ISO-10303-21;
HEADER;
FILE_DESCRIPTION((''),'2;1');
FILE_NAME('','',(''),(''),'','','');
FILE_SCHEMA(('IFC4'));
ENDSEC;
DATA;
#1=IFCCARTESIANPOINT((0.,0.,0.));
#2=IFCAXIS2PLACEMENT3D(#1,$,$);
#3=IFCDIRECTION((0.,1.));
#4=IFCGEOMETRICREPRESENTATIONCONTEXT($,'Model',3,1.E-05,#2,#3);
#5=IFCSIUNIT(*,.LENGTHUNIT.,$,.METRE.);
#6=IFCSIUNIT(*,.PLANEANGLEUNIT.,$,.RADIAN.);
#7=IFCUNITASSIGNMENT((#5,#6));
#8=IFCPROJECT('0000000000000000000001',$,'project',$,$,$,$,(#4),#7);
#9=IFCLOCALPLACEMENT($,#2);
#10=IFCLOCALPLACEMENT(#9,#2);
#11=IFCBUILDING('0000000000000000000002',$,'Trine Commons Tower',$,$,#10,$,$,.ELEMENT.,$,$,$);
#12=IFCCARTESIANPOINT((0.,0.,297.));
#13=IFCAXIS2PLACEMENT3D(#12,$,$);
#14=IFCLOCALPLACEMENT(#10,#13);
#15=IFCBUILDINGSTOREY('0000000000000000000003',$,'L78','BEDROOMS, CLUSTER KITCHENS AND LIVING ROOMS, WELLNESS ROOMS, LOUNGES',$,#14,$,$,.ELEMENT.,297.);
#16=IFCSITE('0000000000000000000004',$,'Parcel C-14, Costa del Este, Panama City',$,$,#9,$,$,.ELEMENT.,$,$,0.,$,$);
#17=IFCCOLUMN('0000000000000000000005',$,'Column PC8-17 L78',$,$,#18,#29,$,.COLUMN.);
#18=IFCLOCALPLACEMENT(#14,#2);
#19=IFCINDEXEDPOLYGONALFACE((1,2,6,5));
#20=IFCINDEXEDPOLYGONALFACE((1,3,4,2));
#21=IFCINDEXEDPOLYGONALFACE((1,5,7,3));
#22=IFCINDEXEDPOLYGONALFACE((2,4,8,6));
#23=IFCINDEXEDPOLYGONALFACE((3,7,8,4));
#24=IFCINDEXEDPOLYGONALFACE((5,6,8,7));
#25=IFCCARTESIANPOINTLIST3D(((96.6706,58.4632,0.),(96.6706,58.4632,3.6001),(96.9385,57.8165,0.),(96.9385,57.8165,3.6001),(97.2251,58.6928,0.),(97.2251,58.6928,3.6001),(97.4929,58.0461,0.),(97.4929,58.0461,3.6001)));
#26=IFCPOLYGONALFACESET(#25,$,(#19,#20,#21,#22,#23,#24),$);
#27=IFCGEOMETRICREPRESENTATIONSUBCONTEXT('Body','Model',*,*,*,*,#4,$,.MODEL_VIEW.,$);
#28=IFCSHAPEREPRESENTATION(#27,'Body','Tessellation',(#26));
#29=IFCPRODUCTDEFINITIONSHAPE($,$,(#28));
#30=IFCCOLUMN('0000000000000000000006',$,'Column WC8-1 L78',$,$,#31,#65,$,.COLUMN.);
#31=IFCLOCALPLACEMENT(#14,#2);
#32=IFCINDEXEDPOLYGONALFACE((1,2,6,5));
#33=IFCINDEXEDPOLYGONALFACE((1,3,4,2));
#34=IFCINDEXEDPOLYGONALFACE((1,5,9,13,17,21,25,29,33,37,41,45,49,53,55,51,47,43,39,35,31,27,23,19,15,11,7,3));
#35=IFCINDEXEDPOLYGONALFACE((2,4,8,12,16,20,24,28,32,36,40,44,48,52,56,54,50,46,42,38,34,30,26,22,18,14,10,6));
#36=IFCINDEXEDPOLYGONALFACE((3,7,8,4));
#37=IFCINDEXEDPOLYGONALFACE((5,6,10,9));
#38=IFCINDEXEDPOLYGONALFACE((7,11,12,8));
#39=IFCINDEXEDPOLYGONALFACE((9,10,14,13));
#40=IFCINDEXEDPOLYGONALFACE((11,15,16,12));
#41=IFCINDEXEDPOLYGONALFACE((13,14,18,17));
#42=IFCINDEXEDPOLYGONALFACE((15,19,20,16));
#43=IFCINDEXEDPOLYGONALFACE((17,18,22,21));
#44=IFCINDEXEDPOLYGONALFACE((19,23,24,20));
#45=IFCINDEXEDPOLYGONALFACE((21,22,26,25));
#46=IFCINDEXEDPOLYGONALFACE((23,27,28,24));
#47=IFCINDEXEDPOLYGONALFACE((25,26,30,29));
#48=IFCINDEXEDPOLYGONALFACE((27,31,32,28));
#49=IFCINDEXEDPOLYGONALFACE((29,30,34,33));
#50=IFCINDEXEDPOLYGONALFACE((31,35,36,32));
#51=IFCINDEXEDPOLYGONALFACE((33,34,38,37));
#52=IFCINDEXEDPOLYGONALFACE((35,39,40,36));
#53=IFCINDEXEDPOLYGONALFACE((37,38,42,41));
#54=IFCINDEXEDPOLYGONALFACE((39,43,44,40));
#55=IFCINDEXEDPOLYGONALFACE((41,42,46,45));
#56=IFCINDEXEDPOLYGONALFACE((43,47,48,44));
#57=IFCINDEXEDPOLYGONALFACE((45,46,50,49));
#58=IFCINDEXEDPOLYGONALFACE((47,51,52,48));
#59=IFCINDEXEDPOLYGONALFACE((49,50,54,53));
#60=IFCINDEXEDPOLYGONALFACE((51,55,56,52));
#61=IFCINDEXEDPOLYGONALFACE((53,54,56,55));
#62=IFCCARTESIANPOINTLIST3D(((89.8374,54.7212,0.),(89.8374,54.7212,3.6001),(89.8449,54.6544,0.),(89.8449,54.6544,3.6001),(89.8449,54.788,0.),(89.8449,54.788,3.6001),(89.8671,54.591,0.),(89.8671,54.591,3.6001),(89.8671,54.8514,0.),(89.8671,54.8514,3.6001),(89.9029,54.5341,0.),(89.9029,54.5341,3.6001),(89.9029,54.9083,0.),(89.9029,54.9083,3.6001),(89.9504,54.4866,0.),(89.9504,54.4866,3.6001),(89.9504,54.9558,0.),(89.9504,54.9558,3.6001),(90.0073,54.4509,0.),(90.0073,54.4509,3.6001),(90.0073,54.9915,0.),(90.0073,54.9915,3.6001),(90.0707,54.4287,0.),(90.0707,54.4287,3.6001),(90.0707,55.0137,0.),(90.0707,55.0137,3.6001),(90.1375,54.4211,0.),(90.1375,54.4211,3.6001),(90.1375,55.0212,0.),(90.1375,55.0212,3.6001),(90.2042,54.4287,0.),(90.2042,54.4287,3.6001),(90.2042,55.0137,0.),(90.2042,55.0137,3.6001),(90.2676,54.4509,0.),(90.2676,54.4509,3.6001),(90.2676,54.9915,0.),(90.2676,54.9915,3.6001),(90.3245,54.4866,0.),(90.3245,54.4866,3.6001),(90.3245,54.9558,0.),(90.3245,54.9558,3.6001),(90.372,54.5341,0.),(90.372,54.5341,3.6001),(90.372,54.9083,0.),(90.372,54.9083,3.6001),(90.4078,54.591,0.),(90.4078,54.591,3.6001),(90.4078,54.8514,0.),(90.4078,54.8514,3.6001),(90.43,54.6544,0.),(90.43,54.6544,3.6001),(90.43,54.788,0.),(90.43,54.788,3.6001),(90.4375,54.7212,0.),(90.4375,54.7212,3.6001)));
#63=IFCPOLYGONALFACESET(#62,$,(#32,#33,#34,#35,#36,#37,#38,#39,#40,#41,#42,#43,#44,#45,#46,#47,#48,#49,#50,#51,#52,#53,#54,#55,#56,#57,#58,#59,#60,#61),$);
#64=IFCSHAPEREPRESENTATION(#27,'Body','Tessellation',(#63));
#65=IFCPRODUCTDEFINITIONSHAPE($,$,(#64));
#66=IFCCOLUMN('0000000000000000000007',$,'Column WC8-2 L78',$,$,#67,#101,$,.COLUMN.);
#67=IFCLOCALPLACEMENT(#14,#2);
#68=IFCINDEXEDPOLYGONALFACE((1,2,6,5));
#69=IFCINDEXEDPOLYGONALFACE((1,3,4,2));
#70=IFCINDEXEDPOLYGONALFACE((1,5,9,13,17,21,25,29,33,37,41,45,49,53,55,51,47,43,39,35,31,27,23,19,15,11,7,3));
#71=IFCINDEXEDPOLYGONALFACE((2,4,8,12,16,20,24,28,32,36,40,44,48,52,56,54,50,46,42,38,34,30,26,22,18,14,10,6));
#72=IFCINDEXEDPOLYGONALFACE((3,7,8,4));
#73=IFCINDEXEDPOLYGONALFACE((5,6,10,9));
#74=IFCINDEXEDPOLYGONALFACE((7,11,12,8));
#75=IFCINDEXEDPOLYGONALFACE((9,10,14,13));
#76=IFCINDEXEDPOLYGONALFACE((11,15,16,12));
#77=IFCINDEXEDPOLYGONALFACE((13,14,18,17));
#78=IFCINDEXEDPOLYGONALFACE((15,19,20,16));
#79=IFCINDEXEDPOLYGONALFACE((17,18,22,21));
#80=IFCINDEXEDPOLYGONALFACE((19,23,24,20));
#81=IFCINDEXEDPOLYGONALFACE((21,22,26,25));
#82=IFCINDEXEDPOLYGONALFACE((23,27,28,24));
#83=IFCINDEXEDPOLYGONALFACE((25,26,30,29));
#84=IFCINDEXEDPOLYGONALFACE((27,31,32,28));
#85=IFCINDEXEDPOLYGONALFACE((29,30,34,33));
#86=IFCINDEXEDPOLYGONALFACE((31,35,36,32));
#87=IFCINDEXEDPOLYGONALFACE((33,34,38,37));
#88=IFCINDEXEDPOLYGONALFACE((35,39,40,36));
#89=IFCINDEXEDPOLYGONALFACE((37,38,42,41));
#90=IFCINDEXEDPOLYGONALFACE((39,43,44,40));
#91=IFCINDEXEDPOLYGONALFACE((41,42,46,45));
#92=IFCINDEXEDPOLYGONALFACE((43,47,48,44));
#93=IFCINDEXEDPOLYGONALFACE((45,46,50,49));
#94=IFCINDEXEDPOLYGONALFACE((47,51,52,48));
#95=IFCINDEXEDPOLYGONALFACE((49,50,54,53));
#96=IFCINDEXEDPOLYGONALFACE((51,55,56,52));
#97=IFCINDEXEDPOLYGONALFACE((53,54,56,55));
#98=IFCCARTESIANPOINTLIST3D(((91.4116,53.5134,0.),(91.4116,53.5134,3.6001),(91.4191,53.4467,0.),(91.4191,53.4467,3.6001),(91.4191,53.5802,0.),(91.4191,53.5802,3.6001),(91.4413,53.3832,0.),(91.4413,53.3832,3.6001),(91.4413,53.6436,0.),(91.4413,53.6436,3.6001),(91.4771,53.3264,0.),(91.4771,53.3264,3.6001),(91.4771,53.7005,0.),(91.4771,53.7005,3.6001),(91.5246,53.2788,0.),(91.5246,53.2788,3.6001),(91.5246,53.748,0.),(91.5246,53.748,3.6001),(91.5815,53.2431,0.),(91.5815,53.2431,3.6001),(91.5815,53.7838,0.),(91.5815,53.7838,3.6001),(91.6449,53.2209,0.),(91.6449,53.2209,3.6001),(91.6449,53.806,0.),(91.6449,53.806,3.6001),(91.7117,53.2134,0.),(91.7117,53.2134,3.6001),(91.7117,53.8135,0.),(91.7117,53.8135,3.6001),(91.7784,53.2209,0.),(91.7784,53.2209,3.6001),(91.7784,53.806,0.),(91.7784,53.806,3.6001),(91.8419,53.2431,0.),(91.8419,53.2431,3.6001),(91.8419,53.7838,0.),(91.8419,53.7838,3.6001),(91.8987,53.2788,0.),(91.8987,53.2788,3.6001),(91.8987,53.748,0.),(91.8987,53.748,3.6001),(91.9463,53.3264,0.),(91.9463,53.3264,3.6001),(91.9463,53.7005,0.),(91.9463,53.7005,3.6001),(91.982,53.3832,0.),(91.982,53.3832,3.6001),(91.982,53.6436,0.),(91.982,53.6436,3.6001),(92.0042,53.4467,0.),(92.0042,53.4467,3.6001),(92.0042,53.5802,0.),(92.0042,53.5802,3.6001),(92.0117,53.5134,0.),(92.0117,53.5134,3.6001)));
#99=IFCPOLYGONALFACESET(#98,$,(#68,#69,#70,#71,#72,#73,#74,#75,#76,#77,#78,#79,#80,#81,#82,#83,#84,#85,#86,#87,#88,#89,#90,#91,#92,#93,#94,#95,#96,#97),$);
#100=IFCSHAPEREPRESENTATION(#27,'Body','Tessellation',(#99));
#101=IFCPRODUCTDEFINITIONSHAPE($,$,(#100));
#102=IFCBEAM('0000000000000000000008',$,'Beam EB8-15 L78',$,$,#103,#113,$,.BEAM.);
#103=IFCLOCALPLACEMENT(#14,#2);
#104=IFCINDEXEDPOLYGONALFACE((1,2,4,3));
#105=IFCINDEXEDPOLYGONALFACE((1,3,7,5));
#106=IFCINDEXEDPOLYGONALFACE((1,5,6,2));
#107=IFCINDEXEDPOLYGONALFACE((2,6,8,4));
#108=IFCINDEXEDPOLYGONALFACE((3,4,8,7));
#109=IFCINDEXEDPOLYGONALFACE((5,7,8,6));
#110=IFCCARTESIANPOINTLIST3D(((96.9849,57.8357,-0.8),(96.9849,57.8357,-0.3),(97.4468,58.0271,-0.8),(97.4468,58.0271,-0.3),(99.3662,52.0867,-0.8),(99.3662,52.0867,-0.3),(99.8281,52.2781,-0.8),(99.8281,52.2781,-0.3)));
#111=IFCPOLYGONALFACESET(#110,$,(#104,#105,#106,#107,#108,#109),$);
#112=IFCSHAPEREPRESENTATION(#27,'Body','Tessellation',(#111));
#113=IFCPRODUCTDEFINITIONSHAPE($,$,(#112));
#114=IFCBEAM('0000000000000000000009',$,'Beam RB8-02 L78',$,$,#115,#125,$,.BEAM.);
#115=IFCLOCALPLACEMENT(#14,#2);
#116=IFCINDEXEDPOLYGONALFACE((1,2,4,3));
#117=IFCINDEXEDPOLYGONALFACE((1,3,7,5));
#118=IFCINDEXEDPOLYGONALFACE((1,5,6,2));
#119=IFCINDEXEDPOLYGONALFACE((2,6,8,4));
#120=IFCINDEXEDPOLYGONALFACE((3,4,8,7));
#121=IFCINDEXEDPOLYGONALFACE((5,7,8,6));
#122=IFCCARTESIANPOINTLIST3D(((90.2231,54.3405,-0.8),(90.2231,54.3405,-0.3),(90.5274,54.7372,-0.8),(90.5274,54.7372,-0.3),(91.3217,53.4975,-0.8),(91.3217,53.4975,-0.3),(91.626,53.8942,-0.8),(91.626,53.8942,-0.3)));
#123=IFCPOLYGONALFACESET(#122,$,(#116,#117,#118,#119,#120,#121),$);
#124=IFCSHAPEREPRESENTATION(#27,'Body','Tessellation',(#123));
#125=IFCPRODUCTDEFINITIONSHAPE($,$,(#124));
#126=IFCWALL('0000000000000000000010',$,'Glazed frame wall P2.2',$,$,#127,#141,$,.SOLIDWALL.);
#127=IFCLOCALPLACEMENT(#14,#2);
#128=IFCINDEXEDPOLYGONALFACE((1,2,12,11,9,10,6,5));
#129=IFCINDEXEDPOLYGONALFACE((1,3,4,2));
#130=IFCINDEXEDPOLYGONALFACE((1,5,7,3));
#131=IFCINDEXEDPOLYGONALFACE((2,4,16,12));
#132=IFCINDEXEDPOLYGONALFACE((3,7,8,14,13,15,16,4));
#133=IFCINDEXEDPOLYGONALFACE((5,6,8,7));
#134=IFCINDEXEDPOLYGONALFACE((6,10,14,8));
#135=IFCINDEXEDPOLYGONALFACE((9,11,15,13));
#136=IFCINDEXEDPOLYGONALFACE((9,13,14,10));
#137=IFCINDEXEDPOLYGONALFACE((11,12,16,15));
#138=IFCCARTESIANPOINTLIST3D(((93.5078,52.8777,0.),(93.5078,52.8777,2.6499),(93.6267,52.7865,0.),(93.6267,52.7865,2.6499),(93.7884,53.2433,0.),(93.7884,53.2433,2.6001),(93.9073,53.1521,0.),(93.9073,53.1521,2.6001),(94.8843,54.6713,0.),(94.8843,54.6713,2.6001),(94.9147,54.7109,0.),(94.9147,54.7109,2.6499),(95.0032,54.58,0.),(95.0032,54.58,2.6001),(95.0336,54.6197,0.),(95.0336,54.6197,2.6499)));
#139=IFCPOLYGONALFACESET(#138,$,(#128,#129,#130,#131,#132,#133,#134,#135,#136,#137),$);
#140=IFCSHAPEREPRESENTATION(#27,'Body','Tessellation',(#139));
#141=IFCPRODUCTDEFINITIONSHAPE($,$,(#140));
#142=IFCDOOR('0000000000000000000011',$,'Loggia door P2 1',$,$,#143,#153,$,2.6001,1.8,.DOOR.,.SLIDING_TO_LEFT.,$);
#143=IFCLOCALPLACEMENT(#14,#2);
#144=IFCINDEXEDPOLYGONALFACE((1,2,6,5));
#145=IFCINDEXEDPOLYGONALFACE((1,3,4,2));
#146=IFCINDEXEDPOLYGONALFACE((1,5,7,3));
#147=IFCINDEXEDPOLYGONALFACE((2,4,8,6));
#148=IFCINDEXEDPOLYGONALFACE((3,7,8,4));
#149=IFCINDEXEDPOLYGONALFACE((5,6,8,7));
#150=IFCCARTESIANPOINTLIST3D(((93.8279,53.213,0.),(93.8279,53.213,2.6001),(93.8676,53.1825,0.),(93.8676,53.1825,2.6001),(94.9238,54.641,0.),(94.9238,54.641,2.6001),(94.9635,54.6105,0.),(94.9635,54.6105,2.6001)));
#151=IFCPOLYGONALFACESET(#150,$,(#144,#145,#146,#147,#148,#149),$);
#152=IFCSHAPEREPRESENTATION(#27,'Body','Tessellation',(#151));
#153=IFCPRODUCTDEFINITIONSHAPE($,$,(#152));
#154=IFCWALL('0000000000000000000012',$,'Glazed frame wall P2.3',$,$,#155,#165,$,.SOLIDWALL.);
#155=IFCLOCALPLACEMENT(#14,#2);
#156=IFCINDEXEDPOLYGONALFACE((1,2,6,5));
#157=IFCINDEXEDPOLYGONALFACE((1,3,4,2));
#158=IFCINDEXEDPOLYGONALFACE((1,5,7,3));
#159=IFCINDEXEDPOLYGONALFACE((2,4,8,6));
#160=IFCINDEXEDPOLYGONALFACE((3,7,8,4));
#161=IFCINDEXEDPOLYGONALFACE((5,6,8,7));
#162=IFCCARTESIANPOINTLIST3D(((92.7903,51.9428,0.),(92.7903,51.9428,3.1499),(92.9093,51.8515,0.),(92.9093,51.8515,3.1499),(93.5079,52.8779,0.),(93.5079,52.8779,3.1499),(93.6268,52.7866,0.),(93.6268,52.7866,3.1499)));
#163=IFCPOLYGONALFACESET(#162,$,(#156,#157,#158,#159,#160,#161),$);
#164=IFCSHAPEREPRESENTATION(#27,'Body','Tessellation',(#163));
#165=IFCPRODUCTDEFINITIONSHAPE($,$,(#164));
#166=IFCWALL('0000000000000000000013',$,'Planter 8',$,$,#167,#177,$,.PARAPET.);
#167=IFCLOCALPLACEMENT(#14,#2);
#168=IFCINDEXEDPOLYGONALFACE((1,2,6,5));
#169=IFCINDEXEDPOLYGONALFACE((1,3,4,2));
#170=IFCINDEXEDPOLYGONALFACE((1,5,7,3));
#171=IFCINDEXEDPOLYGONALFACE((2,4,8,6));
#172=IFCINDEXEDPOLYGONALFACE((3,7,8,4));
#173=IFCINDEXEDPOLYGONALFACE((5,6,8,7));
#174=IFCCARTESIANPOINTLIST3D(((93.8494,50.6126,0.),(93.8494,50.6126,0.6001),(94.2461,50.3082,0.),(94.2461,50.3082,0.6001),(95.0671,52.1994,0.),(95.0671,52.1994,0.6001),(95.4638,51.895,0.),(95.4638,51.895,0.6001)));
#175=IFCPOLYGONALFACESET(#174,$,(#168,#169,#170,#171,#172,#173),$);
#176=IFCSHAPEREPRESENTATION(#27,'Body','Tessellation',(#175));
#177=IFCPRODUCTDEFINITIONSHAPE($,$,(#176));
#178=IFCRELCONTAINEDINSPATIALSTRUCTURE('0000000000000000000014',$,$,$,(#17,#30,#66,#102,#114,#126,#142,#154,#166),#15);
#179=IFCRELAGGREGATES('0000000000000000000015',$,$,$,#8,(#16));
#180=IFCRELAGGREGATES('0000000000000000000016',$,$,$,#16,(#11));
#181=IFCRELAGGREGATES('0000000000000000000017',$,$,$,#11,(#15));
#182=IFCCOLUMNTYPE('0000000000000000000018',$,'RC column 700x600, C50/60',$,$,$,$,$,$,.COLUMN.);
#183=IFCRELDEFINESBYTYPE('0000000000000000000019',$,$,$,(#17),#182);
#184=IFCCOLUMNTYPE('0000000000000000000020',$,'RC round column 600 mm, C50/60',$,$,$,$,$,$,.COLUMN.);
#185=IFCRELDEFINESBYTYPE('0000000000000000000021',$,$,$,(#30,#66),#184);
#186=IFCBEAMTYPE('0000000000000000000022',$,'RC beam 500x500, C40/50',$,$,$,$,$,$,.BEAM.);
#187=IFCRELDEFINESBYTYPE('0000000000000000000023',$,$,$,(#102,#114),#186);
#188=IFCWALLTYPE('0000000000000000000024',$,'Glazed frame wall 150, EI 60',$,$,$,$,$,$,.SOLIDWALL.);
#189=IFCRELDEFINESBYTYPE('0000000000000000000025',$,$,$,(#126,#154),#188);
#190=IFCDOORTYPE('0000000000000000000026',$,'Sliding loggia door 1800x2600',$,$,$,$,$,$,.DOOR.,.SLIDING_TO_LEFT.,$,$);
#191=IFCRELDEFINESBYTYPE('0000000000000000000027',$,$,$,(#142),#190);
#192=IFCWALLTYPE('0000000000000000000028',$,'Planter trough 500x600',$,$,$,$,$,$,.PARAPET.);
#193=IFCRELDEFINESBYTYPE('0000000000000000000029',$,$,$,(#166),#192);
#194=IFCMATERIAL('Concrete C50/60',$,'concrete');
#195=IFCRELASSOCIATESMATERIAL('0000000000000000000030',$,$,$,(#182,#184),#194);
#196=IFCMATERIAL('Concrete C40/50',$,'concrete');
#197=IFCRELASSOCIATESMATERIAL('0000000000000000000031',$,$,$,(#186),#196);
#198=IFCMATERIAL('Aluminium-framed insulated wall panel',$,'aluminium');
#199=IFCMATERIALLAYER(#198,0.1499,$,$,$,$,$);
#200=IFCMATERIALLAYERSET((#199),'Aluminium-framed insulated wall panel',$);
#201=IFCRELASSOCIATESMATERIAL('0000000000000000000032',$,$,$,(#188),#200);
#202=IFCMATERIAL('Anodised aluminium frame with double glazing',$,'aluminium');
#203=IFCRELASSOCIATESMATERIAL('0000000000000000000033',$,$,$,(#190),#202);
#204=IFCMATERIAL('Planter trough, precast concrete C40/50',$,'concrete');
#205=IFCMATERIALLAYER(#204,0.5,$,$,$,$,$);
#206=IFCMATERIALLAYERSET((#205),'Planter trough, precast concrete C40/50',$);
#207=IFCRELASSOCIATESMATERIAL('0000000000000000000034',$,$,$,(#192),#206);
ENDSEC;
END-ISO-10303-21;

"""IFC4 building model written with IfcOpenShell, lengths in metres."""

from ifc_helpers import new_model, si_unit, direction, frame, frame_2d, origin, origin_2d, place, context, subcontext, project, spatial, polyline, rectangle, circle, outline, extrude, material, layer, layer_set, material_profile, profile_set, type_object, element, fill, save


model = new_model("IFC4")

# Units and contexts
model_context = context("Model", 3, precision=1e-05, world=origin(), true_north=direction((0.0, 1.0)))
body_context = subcontext(model_context, "Body", "Model", "MODEL_VIEW")
ifc_project = project(units=[si_unit("LENGTHUNIT", "METRE"), si_unit("PLANEANGLEUNIT", "RADIAN")], contexts=[model_context])

# Site, building, storey
site_placement = place(None, origin())
site = spatial("IfcSite", under=ifc_project, at=site_placement, Name="Parcel C-14, Costa del Este, Panama City", CompositionType="ELEMENT", RefElevation=0.0)
building_placement = place(site_placement, origin())
building = spatial("IfcBuilding", under=site, at=building_placement, Name="Trine Commons Tower", CompositionType="ELEMENT")
storey_placement = place(building_placement, frame((0.0, 0.0, 297.0)))
storey = spatial("IfcBuildingStorey", under=building, at=storey_placement, Name="L78", Description="BEDROOMS, CLUSTER KITCHENS AND LIVING ROOMS, WELLNESS ROOMS, LOUNGES", CompositionType="ELEMENT", Elevation=297.0)

# Columns
ifc_material_1 = material(Name="Concrete C50/60", Category="concrete")
ifc_material_profile_1 = material_profile(ifc_material_1, rectangle(XDim=0.7, YDim=0.6001, at=origin_2d()), Name="RC 700x600")
ifc_profile_set_1 = profile_set([ifc_material_profile_1], Name="Concrete C50/60")
column_type_1 = type_object("IfcColumnType", Name="RC column 700x600, C50/60", PredefinedType="COLUMN", material=ifc_profile_set_1)
column_placement = place(storey_placement, frame((97.0818, 58.2546, 0.0), z_axis=(0.0, 0.0, 1.0), x_axis=(-0.382683, 0.92388, 0.0)))
element("IfcColumn", 1, at=column_placement, inside=storey, type_object=column_type_1, Name="Column PC8-17 L78", PredefinedType="COLUMN", context=body_context, shape_type="SweptSolid", body=[
    extrude(rectangle(XDim=0.7, YDim=0.6001, at=origin_2d()), origin(), (0.0, 0.0, 1.0), 3.6001),
])
ifc_material_profile_2 = material_profile(ifc_material_1, circle(Radius=0.3, at=origin_2d()), Name="RC round 600")
ifc_profile_set_2 = profile_set([ifc_material_profile_2], Name="Concrete C50/60")
column_type_2 = type_object("IfcColumnType", Name="RC round column 600 mm, C50/60", PredefinedType="COLUMN", material=ifc_profile_set_2)
for number, where, z_axis, x_axis, name in (
    (2, (90.1375, 54.7212, 0.0), (0.0, 0.0, 1.0), (1.0, 0.0, 0.0), "Column WC8-1 L78"),
    (3, (91.7117, 53.5134, 0.0), (0.0, 0.0, 1.0), (1.0, 0.0, 0.0), "Column WC8-2 L78"),
):
    element("IfcColumn", number, at=place(storey_placement, frame(where, z_axis=z_axis, x_axis=x_axis)), inside=storey, type_object=column_type_2, Name=name, PredefinedType="COLUMN", context=body_context, shape_type="SweptSolid", body=[
        extrude(circle(Radius=0.3, at=origin_2d()), origin(), (0.0, 0.0, 1.0), 3.6001),
    ])

# Beams
ifc_material_2 = material(Name="Concrete C40/50", Category="concrete")
ifc_material_profile_3 = material_profile(ifc_material_2, rectangle(XDim=0.5, YDim=0.5, at=origin_2d()), Name="RC 500x500")
ifc_profile_set_3 = profile_set([ifc_material_profile_3], Name="Concrete C40/50")
beam_type = type_object("IfcBeamType", Name="RC beam 500x500, C40/50", PredefinedType="BEAM", material=ifc_profile_set_3)
beam_1_placement = place(storey_placement, frame((97.2158, 57.9314, -0.55), z_axis=(0.382687, -0.923878, 0.0), x_axis=(0.923878, 0.382687, 0.0)))
element("IfcBeam", 4, at=beam_1_placement, inside=storey, type_object=beam_type, Name="Beam EB8-15 L78", PredefinedType="BEAM", context=body_context, shape_type="SweptSolid", body=[
    extrude(rectangle(XDim=0.5, YDim=0.5, at=origin_2d()), origin(), (0.0, 0.0, 1.0), 6.2227),
])
beam_2_placement = place(storey_placement, frame((90.3752, 54.5388, -0.55), z_axis=(0.793351, -0.608765, 0.0), x_axis=(0.608765, 0.793351, 0.0)))
element("IfcBeam", 5, at=beam_2_placement, inside=storey, type_object=beam_type, Name="Beam RB8-02 L78", PredefinedType="BEAM", context=body_context, shape_type="SweptSolid", body=[
    extrude(rectangle(XDim=0.5, YDim=0.5, at=origin_2d()), origin(), (0.0, 0.0, 1.0), 1.3848),
])

# Shared definitions
ifc_material_3 = material(Name="Aluminium-framed insulated wall panel", Category="aluminium")
ifc_layer_1 = layer(ifc_material_3, 0.1499)
ifc_layer_set_1 = layer_set([ifc_layer_1], Name="Aluminium-framed insulated wall panel")
wall_type_1 = type_object("IfcWallType", Name="Glazed frame wall 150, EI 60", PredefinedType="SOLIDWALL", material=ifc_layer_set_1)

# Wall, opening, door
wall_1_placement = place(storey_placement, frame((94.9741, 54.6653, 0.0), z_axis=(0.0, 0.0, 1.0), x_axis=(-0.608822, -0.793307, 0.0)))
wall_1 = element("IfcWall", 6, at=wall_1_placement, inside=storey, type_object=wall_type_1, Name="Glazed frame wall P2.2", PredefinedType="SOLIDWALL", context=body_context, shape_type="SweptSolid", body=[
    extrude(outline(polyline([(0.0, -0.075), (2.3108, -0.075), (2.3108, 0.075), (0.0, 0.075), (0.0, -0.075)])), origin(), (0.0, 0.0, 1.0), 2.6499),
])
opening_1_placement = place(wall_1_placement, frame((0.05, 0.0, 0.0)))
opening_1 = element("IfcOpeningElement", 7, at=opening_1_placement, cuts=wall_1, PredefinedType="OPENING", context=body_context, shape_type="SweptSolid", body=[
    extrude(rectangle(XDim=1.8, YDim=2.6001, at=frame_2d((0.8999, 1.3))), frame((0.0, 0.085, 0.0), z_axis=(0.0, -1.0, 0.0), x_axis=(1.0, 0.0, 0.0)), (0.0, 0.0, 1.0), 0.1699),
])
ifc_material_4 = material(Name="Anodised aluminium frame with double glazing", Category="aluminium")
door_type_1 = type_object("IfcDoorType", Name="Sliding loggia door 1800x2600", OperationType="SLIDING_TO_LEFT", PredefinedType="DOOR", material=ifc_material_4)
door_1_placement = place(opening_1_placement, origin())
door_1 = element("IfcDoor", 8, at=door_1_placement, inside=storey, type_object=door_type_1, Name="Loggia door P2 1", OperationType="SLIDING_TO_LEFT", OverallHeight=2.6001, OverallWidth=1.8, PredefinedType="DOOR", context=body_context, shape_type="SweptSolid", body=[
    extrude(rectangle(XDim=1.8, YDim=2.6001, at=frame_2d((0.8999, 1.3))), frame((0.0, 0.0249, 0.0), z_axis=(0.0, -1.0, 0.0), x_axis=(1.0, 0.0, 0.0)), (0.0, 0.0, 1.0), 0.05),
])
fill(opening_1, door_1)

# Walls
wall_2_placement = place(storey_placement, frame((93.5674, 52.8323, 0.0), z_axis=(0.0, 0.0, 1.0), x_axis=(-0.608779, -0.79334, 0.0)))
element("IfcWall", 9, at=wall_2_placement, inside=storey, type_object=wall_type_1, Name="Glazed frame wall P2.3", PredefinedType="SOLIDWALL", context=body_context, shape_type="SweptSolid", body=[
    extrude(outline(polyline([(0.0, -0.075), (1.1787, -0.075), (1.1787, 0.075), (0.0, 0.075), (0.0, -0.075)])), origin(), (0.0, 0.0, 1.0), 3.1499),
])
ifc_material_5 = material(Name="Planter trough, precast concrete C40/50", Category="concrete")
ifc_layer_2 = layer(ifc_material_5, 0.5)
ifc_layer_set_2 = layer_set([ifc_layer_2], Name="Planter trough, precast concrete C40/50")
wall_type_2 = type_object("IfcWallType", Name="Planter trough 500x600", PredefinedType="PARAPET", material=ifc_layer_set_2)
wall_3_placement = place(storey_placement, frame((95.2654, 52.0471, 0.0), z_axis=(0.0, 0.0, 1.0), x_axis=(-0.60879, -0.793331, 0.0)))
element("IfcWall", 10, at=wall_3_placement, inside=storey, type_object=wall_type_2, Name="Planter 8", PredefinedType="PARAPET", context=body_context, shape_type="SweptSolid", body=[
    extrude(rectangle(XDim=2.0002, YDim=0.5, at=frame_2d((1.0, 0.0))), origin(), (0.0, 0.0, 1.0), 0.6001),
])

save(model, "model.ifc")
